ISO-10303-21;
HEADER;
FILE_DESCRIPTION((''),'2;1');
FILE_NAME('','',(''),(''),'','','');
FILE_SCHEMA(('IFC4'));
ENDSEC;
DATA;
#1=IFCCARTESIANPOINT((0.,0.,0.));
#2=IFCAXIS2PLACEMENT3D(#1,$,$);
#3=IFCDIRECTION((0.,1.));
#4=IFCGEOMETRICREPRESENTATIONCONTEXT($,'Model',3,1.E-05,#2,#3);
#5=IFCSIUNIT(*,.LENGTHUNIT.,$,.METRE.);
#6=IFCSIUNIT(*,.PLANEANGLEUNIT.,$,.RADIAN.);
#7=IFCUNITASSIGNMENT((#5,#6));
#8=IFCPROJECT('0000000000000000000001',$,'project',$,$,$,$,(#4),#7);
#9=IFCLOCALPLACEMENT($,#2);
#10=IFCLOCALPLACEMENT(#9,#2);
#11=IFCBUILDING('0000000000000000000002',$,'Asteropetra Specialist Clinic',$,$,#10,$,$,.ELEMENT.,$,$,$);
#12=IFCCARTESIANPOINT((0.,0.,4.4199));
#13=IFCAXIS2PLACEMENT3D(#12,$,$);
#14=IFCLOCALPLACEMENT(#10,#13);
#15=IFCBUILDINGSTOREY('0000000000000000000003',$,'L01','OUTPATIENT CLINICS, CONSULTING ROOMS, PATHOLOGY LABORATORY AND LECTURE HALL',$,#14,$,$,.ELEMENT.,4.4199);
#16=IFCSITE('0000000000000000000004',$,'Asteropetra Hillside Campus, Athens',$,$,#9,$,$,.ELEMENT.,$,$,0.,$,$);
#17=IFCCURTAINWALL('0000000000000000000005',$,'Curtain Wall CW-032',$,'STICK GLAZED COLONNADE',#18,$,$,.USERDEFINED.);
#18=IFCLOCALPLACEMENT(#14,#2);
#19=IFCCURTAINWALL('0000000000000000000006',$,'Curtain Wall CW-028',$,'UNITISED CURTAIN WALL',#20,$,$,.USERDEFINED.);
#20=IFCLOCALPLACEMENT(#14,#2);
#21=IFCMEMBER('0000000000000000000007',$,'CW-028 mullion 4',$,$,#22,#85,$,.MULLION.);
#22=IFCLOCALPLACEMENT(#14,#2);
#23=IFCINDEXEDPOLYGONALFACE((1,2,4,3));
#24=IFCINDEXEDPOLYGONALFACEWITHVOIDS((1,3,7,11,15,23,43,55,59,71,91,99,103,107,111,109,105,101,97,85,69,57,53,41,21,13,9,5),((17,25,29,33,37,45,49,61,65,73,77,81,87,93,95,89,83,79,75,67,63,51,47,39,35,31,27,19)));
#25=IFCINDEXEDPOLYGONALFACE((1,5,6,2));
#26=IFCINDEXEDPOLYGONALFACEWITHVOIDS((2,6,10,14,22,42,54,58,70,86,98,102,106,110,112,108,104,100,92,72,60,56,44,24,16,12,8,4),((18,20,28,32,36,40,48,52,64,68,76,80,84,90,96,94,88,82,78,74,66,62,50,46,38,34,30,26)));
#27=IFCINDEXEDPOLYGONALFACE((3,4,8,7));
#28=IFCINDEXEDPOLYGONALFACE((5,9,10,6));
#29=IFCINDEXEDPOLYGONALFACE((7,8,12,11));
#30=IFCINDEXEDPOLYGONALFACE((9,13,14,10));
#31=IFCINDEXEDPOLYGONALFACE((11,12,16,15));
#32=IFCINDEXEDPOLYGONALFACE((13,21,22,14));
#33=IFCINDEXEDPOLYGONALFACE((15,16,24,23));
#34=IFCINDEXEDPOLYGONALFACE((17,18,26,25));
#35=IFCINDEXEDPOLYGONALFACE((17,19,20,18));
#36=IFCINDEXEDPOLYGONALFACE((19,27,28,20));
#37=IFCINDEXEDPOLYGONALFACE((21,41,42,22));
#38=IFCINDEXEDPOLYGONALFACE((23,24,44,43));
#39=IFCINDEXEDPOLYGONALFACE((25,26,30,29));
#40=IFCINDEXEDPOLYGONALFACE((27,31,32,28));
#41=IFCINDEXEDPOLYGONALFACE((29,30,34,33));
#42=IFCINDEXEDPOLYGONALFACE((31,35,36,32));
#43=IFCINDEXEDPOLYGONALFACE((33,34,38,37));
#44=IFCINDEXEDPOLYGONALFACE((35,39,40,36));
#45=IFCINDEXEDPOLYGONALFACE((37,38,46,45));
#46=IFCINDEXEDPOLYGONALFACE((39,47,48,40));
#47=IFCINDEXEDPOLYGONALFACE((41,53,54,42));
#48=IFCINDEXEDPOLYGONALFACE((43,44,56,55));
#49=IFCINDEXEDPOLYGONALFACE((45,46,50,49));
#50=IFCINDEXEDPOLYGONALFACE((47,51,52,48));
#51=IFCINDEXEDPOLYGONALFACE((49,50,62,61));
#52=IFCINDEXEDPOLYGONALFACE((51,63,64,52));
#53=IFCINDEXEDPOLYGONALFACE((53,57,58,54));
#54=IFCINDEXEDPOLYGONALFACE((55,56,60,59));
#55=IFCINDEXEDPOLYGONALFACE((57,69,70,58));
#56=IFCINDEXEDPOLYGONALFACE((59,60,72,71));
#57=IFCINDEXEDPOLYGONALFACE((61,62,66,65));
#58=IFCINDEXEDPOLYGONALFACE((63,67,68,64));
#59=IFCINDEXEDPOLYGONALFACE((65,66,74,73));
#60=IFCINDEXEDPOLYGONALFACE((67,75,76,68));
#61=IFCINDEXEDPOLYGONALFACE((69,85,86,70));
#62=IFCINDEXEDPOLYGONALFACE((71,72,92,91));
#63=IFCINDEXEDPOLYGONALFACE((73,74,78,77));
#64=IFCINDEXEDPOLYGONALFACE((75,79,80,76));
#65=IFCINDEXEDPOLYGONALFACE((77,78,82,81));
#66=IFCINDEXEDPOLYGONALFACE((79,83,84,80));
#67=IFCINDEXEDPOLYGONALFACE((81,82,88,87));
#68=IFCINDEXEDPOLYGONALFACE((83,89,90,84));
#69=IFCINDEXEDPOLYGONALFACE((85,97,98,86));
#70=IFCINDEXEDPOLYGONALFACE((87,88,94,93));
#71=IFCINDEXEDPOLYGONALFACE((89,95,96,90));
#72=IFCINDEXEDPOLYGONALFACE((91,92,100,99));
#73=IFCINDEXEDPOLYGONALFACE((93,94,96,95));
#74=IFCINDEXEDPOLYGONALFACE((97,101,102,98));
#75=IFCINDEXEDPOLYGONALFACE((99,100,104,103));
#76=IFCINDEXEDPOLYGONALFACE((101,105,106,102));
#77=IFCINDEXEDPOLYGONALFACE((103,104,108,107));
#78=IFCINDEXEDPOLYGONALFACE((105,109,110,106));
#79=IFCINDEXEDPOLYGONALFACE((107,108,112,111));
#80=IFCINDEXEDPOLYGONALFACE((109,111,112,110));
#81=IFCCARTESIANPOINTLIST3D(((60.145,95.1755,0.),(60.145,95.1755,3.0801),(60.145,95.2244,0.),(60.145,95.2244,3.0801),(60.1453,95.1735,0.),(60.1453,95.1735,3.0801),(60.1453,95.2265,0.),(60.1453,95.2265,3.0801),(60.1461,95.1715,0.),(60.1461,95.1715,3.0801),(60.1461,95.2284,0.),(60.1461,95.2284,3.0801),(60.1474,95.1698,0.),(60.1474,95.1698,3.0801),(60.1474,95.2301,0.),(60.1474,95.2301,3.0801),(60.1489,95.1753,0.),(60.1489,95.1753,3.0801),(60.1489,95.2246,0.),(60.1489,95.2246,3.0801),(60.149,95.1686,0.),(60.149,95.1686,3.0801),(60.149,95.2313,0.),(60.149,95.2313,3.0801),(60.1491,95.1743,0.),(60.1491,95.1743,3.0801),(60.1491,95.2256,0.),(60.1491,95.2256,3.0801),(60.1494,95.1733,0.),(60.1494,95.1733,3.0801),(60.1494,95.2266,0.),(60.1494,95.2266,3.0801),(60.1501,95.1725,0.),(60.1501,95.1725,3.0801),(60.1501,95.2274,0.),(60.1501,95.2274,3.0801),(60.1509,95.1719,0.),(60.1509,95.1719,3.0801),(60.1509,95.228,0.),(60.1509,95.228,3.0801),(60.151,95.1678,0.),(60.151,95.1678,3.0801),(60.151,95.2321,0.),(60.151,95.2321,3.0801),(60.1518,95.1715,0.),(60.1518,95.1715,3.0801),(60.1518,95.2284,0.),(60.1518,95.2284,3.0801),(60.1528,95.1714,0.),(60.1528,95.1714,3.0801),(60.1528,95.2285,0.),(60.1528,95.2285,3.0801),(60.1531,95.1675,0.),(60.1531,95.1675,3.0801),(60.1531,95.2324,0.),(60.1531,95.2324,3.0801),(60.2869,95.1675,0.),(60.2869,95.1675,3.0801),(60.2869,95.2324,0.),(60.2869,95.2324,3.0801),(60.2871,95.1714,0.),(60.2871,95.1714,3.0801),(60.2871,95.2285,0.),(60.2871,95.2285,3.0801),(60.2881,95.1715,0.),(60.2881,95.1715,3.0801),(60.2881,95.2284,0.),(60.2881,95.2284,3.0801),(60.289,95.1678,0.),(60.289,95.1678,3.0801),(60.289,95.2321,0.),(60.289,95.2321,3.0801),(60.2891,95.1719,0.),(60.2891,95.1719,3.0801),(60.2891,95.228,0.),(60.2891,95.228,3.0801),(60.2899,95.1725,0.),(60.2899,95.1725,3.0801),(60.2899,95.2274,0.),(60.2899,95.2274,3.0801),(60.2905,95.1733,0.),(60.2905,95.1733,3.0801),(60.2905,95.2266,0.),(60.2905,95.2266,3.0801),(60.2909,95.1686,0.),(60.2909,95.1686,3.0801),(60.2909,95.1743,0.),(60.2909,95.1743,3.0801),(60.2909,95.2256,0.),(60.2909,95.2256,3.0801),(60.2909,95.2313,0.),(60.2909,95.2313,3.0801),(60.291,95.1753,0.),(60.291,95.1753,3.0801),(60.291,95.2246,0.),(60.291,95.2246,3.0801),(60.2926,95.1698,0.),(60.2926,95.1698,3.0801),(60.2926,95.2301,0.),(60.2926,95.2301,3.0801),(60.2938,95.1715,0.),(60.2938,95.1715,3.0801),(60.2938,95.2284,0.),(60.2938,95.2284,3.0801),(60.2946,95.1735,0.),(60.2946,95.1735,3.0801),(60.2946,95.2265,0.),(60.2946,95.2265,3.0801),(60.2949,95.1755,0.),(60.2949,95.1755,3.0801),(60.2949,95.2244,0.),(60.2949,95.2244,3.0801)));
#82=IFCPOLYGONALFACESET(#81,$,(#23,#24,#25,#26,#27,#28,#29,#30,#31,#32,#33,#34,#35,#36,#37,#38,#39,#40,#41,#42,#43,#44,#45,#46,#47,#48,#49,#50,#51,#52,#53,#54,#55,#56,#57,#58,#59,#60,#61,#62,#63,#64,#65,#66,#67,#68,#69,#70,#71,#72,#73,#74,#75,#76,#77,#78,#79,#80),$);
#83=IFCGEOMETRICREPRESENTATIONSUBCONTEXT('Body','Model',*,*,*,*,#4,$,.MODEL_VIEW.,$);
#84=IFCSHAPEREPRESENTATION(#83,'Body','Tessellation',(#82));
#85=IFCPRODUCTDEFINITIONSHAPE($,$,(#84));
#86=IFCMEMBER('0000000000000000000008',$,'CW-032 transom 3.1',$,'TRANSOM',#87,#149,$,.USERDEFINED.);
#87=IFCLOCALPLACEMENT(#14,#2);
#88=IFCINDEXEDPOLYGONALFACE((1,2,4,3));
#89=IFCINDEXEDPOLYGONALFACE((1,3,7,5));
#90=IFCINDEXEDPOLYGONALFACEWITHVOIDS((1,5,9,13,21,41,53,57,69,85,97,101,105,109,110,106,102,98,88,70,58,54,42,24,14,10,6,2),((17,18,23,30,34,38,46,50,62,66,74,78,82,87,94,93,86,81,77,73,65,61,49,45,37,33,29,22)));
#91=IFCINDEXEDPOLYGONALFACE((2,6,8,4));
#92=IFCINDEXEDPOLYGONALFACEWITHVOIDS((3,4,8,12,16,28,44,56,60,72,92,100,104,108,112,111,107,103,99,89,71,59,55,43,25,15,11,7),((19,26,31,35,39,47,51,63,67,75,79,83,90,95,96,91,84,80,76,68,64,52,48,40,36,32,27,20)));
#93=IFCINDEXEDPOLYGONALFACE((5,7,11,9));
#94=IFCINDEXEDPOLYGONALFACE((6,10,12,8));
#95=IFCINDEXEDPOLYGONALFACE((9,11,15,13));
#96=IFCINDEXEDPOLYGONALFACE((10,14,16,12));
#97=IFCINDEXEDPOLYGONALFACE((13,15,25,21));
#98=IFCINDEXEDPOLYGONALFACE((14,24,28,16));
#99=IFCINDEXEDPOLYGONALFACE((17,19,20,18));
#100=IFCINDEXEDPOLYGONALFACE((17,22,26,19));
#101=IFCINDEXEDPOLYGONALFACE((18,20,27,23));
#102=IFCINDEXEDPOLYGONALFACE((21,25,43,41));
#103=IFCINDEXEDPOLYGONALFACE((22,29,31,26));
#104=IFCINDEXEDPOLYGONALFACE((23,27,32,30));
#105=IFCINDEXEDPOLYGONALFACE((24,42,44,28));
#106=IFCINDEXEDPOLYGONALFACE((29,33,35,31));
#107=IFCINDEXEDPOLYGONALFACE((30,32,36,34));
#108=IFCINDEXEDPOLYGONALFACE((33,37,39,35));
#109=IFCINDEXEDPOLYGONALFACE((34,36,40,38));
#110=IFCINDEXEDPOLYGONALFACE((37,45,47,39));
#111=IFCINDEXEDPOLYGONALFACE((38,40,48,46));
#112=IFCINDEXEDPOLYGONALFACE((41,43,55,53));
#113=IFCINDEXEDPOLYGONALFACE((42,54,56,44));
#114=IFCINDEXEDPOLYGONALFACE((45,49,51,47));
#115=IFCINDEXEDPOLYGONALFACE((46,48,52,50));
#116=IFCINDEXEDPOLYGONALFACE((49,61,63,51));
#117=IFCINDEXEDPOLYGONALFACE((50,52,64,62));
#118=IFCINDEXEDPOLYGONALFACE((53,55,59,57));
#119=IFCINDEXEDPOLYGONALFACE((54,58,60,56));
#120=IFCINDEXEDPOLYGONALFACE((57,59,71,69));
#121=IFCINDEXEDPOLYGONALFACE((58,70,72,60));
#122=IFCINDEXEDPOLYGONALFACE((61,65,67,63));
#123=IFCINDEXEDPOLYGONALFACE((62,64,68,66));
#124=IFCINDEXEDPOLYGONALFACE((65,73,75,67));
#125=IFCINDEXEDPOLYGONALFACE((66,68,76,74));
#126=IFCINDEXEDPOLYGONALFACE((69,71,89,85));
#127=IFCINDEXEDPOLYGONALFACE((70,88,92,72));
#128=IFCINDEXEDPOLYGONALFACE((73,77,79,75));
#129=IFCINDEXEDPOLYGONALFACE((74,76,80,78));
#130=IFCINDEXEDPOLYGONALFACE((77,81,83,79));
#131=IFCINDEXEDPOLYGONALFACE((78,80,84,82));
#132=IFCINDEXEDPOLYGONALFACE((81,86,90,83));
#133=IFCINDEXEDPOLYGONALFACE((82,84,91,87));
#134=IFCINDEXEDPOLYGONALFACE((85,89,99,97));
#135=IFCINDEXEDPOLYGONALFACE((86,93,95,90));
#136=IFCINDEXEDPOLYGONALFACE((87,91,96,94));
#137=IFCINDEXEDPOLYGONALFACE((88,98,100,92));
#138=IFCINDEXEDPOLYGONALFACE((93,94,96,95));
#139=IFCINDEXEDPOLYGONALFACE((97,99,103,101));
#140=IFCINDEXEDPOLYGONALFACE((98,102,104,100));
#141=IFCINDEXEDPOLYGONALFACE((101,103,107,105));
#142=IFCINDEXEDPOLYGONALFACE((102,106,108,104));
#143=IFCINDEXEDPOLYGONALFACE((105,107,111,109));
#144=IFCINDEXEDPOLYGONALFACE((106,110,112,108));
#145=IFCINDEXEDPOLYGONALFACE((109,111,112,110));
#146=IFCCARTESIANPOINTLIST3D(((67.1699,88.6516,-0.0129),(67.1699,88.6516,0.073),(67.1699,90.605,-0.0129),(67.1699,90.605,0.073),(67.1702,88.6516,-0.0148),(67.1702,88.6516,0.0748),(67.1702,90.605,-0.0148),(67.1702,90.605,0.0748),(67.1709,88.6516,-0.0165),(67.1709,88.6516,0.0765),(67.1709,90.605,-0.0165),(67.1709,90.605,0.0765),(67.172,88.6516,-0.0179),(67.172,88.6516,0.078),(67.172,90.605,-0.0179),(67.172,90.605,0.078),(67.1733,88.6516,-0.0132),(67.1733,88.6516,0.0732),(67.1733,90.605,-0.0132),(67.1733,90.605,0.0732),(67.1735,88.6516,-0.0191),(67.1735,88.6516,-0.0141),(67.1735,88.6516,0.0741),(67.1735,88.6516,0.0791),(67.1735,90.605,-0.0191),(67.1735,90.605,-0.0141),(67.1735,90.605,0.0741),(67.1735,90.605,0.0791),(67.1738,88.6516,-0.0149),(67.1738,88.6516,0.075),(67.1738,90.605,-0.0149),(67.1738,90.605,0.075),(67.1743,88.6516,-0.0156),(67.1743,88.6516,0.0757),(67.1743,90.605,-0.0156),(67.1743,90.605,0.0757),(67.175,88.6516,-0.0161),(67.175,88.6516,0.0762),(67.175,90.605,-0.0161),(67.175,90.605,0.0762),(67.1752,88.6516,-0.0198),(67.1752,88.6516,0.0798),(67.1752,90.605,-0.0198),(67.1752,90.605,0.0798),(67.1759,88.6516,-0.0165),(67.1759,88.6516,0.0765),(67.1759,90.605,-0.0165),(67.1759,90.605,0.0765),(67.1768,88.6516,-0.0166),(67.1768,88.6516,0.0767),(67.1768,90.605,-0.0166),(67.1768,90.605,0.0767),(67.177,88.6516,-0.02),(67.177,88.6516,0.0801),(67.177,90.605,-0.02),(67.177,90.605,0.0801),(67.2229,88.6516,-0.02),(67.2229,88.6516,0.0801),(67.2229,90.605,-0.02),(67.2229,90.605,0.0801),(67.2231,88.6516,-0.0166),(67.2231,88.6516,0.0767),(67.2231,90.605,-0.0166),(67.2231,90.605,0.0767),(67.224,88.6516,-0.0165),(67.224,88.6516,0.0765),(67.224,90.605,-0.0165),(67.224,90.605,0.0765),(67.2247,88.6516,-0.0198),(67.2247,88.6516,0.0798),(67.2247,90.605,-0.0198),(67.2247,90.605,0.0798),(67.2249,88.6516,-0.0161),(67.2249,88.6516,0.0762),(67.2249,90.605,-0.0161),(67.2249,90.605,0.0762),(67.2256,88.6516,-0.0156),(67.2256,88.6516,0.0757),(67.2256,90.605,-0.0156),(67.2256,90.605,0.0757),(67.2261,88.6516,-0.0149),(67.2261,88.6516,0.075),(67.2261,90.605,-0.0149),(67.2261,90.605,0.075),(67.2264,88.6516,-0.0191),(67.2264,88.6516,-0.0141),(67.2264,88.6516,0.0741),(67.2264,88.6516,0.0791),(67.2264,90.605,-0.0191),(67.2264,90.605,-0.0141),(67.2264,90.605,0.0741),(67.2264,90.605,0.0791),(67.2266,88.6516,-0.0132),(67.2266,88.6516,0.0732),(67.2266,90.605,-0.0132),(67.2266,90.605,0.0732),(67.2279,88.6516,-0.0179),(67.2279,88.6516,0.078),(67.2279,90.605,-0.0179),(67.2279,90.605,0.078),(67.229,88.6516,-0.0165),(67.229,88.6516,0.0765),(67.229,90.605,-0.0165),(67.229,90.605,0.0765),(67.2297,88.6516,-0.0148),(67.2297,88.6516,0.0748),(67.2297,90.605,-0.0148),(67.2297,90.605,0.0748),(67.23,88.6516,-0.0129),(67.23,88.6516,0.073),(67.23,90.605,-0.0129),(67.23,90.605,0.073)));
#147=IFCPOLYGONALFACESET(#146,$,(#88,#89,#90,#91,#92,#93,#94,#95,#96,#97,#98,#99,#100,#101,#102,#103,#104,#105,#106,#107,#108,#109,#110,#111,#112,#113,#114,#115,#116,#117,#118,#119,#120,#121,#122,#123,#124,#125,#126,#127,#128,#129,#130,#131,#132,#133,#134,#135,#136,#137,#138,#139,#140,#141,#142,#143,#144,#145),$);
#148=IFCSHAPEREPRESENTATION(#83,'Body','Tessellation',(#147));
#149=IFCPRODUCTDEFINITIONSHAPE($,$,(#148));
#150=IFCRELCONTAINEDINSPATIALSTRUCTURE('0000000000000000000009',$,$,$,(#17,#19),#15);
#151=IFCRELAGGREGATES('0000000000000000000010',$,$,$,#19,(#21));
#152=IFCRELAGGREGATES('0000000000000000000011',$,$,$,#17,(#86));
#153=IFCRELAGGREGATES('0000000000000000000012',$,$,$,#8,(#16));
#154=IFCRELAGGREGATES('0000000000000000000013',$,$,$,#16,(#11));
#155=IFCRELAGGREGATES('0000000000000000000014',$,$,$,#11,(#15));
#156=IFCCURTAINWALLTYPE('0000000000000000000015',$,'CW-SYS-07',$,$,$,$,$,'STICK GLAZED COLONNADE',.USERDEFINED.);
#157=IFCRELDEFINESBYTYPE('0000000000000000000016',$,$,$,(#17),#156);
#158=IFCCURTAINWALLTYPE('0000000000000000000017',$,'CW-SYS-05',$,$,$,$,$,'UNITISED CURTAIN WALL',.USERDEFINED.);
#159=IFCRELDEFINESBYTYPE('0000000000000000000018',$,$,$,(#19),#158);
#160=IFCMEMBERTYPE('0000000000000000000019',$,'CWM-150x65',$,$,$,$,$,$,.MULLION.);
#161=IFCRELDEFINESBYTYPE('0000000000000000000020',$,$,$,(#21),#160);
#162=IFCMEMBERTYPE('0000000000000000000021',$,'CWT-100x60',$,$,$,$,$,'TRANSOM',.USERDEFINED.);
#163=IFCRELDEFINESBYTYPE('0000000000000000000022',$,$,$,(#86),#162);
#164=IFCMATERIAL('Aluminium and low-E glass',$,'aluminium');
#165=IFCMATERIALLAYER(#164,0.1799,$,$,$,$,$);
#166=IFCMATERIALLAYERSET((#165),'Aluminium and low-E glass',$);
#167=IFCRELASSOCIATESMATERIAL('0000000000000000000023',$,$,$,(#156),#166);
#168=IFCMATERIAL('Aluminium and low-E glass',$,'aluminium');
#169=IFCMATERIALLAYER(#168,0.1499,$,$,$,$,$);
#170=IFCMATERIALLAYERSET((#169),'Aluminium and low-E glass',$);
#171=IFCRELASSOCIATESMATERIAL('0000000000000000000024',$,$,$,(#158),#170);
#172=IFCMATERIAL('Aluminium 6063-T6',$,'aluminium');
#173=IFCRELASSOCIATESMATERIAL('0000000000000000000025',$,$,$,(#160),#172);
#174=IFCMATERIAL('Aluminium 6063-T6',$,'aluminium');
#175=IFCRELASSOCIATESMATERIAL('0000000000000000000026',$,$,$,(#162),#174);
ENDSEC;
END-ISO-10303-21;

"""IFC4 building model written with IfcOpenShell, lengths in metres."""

from ifc_helpers import new_model, si_unit, direction, frame, origin, origin_2d, place, context, subcontext, project, spatial, hollow_rectangle, extrude, material, layer, layer_set, material_profile, profile_set, type_object, element, aggregate, save


model = new_model("IFC4")

# Units and contexts
model_context = context("Model", 3, precision=1e-05, world=origin(), true_north=direction((0.0, 1.0)))
body_context = subcontext(model_context, "Body", "Model", "MODEL_VIEW")
ifc_project = project(units=[si_unit("LENGTHUNIT", "METRE"), si_unit("PLANEANGLEUNIT", "RADIAN")], contexts=[model_context])

# Site, building, storey
site_placement = place(None, origin())
site = spatial("IfcSite", under=ifc_project, at=site_placement, Name="Asteropetra Hillside Campus, Athens", CompositionType="ELEMENT", RefElevation=0.0)
building_placement = place(site_placement, origin())
building = spatial("IfcBuilding", under=site, at=building_placement, Name="Asteropetra Specialist Clinic", CompositionType="ELEMENT")
storey_placement = place(building_placement, frame((0.0, 0.0, 4.4199)))
storey = spatial("IfcBuildingStorey", under=building, at=storey_placement, Name="L01", Description="OUTPATIENT CLINICS, CONSULTING ROOMS, PATHOLOGY LABORATORY AND LECTURE HALL", CompositionType="ELEMENT", Elevation=4.4199)

# Curtain wall
ifc_material_1 = material(Name="Aluminium and low-E glass", Category="aluminium")
ifc_layer_1 = layer(ifc_material_1, 0.1799)
ifc_layer_set_1 = layer_set([ifc_layer_1], Name="Aluminium and low-E glass")
curtain_wall_type_1 = type_object("IfcCurtainWallType", Name="CW-SYS-07", ElementType="STICK GLAZED COLONNADE", PredefinedType="USERDEFINED", material=ifc_layer_set_1)
curtain_wall_1_placement = place(storey_placement, origin())
curtain_wall_1 = element("IfcCurtainWall", 1, at=curtain_wall_1_placement, inside=storey, type_object=curtain_wall_type_1, Name="Curtain Wall CW-032", ObjectType="STICK GLAZED COLONNADE", PredefinedType="USERDEFINED")

# Curtain wall, member
ifc_material_2 = material(Name="Aluminium and low-E glass", Category="aluminium")
ifc_layer_2 = layer(ifc_material_2, 0.1499)
ifc_layer_set_2 = layer_set([ifc_layer_2], Name="Aluminium and low-E glass")
curtain_wall_type_2 = type_object("IfcCurtainWallType", Name="CW-SYS-05", ElementType="UNITISED CURTAIN WALL", PredefinedType="USERDEFINED", material=ifc_layer_set_2)
curtain_wall_2_placement = place(storey_placement, origin())
curtain_wall_2 = element("IfcCurtainWall", 2, at=curtain_wall_2_placement, inside=storey, type_object=curtain_wall_type_2, Name="Curtain Wall CW-028", ObjectType="UNITISED CURTAIN WALL", PredefinedType="USERDEFINED")
ifc_material_3 = material(Name="Aluminium 6063-T6", Category="aluminium")
ifc_material_profile_1 = material_profile(ifc_material_3, hollow_rectangle(XDim=0.0649, YDim=0.1499, WallThickness=0.0039, InnerFilletRadius=0.0039, OuterFilletRadius=0.0081, at=origin_2d()), Name="MUL 150x65x4.0")
ifc_profile_set_1 = profile_set([ifc_material_profile_1], Name="Aluminium 6063-T6")
member_type_1 = type_object("IfcMemberType", Name="CWM-150x65", PredefinedType="MULLION", material=ifc_profile_set_1)
member_1_placement = place(storey_placement, frame((60.22, 95.2, 0.0), z_axis=(0.0, 0.0, 1.0), x_axis=(0.0, -1.0, 0.0)))
member_1 = element("IfcMember", 3, at=member_1_placement, type_object=member_type_1, Name="CW-028 mullion 4", PredefinedType="MULLION", context=body_context, shape_type="SweptSolid", body=[
    extrude(hollow_rectangle(XDim=0.0649, YDim=0.1499, WallThickness=0.0039, InnerFilletRadius=0.0039, OuterFilletRadius=0.0081, at=origin_2d()), origin(), (0.0, 0.0, 1.0), 3.0801),
])

# Member
ifc_material_4 = material(Name="Aluminium 6063-T6", Category="aluminium")
ifc_material_profile_2 = material_profile(ifc_material_4, hollow_rectangle(XDim=0.0601, YDim=0.1001, WallThickness=0.0034, InnerFilletRadius=0.0034, OuterFilletRadius=0.0071, at=origin_2d()), Name="TRN 100x60x3.5")
ifc_profile_set_2 = profile_set([ifc_material_profile_2], Name="Aluminium 6063-T6")
member_type_2 = type_object("IfcMemberType", Name="CWT-100x60", ElementType="TRANSOM", PredefinedType="USERDEFINED", material=ifc_profile_set_2)
member_2_placement = place(storey_placement, frame((67.2, 88.6516, 0.03), z_axis=(0.0, 1.0, 0.0), x_axis=(-1.0, 0.0, 0.0)))
member_2 = element("IfcMember", 4, at=member_2_placement, type_object=member_type_2, Name="CW-032 transom 3.1", ObjectType="TRANSOM", PredefinedType="USERDEFINED", context=body_context, shape_type="SweptSolid", body=[
    extrude(hollow_rectangle(XDim=0.0601, YDim=0.1001, WallThickness=0.0034, InnerFilletRadius=0.0034, OuterFilletRadius=0.0071, at=origin_2d()), origin(), (0.0, 0.0, 1.0), 1.9534),
])

aggregate(curtain_wall_2, [member_1])
aggregate(curtain_wall_1, [member_2])

save(model, "model.ifc")
